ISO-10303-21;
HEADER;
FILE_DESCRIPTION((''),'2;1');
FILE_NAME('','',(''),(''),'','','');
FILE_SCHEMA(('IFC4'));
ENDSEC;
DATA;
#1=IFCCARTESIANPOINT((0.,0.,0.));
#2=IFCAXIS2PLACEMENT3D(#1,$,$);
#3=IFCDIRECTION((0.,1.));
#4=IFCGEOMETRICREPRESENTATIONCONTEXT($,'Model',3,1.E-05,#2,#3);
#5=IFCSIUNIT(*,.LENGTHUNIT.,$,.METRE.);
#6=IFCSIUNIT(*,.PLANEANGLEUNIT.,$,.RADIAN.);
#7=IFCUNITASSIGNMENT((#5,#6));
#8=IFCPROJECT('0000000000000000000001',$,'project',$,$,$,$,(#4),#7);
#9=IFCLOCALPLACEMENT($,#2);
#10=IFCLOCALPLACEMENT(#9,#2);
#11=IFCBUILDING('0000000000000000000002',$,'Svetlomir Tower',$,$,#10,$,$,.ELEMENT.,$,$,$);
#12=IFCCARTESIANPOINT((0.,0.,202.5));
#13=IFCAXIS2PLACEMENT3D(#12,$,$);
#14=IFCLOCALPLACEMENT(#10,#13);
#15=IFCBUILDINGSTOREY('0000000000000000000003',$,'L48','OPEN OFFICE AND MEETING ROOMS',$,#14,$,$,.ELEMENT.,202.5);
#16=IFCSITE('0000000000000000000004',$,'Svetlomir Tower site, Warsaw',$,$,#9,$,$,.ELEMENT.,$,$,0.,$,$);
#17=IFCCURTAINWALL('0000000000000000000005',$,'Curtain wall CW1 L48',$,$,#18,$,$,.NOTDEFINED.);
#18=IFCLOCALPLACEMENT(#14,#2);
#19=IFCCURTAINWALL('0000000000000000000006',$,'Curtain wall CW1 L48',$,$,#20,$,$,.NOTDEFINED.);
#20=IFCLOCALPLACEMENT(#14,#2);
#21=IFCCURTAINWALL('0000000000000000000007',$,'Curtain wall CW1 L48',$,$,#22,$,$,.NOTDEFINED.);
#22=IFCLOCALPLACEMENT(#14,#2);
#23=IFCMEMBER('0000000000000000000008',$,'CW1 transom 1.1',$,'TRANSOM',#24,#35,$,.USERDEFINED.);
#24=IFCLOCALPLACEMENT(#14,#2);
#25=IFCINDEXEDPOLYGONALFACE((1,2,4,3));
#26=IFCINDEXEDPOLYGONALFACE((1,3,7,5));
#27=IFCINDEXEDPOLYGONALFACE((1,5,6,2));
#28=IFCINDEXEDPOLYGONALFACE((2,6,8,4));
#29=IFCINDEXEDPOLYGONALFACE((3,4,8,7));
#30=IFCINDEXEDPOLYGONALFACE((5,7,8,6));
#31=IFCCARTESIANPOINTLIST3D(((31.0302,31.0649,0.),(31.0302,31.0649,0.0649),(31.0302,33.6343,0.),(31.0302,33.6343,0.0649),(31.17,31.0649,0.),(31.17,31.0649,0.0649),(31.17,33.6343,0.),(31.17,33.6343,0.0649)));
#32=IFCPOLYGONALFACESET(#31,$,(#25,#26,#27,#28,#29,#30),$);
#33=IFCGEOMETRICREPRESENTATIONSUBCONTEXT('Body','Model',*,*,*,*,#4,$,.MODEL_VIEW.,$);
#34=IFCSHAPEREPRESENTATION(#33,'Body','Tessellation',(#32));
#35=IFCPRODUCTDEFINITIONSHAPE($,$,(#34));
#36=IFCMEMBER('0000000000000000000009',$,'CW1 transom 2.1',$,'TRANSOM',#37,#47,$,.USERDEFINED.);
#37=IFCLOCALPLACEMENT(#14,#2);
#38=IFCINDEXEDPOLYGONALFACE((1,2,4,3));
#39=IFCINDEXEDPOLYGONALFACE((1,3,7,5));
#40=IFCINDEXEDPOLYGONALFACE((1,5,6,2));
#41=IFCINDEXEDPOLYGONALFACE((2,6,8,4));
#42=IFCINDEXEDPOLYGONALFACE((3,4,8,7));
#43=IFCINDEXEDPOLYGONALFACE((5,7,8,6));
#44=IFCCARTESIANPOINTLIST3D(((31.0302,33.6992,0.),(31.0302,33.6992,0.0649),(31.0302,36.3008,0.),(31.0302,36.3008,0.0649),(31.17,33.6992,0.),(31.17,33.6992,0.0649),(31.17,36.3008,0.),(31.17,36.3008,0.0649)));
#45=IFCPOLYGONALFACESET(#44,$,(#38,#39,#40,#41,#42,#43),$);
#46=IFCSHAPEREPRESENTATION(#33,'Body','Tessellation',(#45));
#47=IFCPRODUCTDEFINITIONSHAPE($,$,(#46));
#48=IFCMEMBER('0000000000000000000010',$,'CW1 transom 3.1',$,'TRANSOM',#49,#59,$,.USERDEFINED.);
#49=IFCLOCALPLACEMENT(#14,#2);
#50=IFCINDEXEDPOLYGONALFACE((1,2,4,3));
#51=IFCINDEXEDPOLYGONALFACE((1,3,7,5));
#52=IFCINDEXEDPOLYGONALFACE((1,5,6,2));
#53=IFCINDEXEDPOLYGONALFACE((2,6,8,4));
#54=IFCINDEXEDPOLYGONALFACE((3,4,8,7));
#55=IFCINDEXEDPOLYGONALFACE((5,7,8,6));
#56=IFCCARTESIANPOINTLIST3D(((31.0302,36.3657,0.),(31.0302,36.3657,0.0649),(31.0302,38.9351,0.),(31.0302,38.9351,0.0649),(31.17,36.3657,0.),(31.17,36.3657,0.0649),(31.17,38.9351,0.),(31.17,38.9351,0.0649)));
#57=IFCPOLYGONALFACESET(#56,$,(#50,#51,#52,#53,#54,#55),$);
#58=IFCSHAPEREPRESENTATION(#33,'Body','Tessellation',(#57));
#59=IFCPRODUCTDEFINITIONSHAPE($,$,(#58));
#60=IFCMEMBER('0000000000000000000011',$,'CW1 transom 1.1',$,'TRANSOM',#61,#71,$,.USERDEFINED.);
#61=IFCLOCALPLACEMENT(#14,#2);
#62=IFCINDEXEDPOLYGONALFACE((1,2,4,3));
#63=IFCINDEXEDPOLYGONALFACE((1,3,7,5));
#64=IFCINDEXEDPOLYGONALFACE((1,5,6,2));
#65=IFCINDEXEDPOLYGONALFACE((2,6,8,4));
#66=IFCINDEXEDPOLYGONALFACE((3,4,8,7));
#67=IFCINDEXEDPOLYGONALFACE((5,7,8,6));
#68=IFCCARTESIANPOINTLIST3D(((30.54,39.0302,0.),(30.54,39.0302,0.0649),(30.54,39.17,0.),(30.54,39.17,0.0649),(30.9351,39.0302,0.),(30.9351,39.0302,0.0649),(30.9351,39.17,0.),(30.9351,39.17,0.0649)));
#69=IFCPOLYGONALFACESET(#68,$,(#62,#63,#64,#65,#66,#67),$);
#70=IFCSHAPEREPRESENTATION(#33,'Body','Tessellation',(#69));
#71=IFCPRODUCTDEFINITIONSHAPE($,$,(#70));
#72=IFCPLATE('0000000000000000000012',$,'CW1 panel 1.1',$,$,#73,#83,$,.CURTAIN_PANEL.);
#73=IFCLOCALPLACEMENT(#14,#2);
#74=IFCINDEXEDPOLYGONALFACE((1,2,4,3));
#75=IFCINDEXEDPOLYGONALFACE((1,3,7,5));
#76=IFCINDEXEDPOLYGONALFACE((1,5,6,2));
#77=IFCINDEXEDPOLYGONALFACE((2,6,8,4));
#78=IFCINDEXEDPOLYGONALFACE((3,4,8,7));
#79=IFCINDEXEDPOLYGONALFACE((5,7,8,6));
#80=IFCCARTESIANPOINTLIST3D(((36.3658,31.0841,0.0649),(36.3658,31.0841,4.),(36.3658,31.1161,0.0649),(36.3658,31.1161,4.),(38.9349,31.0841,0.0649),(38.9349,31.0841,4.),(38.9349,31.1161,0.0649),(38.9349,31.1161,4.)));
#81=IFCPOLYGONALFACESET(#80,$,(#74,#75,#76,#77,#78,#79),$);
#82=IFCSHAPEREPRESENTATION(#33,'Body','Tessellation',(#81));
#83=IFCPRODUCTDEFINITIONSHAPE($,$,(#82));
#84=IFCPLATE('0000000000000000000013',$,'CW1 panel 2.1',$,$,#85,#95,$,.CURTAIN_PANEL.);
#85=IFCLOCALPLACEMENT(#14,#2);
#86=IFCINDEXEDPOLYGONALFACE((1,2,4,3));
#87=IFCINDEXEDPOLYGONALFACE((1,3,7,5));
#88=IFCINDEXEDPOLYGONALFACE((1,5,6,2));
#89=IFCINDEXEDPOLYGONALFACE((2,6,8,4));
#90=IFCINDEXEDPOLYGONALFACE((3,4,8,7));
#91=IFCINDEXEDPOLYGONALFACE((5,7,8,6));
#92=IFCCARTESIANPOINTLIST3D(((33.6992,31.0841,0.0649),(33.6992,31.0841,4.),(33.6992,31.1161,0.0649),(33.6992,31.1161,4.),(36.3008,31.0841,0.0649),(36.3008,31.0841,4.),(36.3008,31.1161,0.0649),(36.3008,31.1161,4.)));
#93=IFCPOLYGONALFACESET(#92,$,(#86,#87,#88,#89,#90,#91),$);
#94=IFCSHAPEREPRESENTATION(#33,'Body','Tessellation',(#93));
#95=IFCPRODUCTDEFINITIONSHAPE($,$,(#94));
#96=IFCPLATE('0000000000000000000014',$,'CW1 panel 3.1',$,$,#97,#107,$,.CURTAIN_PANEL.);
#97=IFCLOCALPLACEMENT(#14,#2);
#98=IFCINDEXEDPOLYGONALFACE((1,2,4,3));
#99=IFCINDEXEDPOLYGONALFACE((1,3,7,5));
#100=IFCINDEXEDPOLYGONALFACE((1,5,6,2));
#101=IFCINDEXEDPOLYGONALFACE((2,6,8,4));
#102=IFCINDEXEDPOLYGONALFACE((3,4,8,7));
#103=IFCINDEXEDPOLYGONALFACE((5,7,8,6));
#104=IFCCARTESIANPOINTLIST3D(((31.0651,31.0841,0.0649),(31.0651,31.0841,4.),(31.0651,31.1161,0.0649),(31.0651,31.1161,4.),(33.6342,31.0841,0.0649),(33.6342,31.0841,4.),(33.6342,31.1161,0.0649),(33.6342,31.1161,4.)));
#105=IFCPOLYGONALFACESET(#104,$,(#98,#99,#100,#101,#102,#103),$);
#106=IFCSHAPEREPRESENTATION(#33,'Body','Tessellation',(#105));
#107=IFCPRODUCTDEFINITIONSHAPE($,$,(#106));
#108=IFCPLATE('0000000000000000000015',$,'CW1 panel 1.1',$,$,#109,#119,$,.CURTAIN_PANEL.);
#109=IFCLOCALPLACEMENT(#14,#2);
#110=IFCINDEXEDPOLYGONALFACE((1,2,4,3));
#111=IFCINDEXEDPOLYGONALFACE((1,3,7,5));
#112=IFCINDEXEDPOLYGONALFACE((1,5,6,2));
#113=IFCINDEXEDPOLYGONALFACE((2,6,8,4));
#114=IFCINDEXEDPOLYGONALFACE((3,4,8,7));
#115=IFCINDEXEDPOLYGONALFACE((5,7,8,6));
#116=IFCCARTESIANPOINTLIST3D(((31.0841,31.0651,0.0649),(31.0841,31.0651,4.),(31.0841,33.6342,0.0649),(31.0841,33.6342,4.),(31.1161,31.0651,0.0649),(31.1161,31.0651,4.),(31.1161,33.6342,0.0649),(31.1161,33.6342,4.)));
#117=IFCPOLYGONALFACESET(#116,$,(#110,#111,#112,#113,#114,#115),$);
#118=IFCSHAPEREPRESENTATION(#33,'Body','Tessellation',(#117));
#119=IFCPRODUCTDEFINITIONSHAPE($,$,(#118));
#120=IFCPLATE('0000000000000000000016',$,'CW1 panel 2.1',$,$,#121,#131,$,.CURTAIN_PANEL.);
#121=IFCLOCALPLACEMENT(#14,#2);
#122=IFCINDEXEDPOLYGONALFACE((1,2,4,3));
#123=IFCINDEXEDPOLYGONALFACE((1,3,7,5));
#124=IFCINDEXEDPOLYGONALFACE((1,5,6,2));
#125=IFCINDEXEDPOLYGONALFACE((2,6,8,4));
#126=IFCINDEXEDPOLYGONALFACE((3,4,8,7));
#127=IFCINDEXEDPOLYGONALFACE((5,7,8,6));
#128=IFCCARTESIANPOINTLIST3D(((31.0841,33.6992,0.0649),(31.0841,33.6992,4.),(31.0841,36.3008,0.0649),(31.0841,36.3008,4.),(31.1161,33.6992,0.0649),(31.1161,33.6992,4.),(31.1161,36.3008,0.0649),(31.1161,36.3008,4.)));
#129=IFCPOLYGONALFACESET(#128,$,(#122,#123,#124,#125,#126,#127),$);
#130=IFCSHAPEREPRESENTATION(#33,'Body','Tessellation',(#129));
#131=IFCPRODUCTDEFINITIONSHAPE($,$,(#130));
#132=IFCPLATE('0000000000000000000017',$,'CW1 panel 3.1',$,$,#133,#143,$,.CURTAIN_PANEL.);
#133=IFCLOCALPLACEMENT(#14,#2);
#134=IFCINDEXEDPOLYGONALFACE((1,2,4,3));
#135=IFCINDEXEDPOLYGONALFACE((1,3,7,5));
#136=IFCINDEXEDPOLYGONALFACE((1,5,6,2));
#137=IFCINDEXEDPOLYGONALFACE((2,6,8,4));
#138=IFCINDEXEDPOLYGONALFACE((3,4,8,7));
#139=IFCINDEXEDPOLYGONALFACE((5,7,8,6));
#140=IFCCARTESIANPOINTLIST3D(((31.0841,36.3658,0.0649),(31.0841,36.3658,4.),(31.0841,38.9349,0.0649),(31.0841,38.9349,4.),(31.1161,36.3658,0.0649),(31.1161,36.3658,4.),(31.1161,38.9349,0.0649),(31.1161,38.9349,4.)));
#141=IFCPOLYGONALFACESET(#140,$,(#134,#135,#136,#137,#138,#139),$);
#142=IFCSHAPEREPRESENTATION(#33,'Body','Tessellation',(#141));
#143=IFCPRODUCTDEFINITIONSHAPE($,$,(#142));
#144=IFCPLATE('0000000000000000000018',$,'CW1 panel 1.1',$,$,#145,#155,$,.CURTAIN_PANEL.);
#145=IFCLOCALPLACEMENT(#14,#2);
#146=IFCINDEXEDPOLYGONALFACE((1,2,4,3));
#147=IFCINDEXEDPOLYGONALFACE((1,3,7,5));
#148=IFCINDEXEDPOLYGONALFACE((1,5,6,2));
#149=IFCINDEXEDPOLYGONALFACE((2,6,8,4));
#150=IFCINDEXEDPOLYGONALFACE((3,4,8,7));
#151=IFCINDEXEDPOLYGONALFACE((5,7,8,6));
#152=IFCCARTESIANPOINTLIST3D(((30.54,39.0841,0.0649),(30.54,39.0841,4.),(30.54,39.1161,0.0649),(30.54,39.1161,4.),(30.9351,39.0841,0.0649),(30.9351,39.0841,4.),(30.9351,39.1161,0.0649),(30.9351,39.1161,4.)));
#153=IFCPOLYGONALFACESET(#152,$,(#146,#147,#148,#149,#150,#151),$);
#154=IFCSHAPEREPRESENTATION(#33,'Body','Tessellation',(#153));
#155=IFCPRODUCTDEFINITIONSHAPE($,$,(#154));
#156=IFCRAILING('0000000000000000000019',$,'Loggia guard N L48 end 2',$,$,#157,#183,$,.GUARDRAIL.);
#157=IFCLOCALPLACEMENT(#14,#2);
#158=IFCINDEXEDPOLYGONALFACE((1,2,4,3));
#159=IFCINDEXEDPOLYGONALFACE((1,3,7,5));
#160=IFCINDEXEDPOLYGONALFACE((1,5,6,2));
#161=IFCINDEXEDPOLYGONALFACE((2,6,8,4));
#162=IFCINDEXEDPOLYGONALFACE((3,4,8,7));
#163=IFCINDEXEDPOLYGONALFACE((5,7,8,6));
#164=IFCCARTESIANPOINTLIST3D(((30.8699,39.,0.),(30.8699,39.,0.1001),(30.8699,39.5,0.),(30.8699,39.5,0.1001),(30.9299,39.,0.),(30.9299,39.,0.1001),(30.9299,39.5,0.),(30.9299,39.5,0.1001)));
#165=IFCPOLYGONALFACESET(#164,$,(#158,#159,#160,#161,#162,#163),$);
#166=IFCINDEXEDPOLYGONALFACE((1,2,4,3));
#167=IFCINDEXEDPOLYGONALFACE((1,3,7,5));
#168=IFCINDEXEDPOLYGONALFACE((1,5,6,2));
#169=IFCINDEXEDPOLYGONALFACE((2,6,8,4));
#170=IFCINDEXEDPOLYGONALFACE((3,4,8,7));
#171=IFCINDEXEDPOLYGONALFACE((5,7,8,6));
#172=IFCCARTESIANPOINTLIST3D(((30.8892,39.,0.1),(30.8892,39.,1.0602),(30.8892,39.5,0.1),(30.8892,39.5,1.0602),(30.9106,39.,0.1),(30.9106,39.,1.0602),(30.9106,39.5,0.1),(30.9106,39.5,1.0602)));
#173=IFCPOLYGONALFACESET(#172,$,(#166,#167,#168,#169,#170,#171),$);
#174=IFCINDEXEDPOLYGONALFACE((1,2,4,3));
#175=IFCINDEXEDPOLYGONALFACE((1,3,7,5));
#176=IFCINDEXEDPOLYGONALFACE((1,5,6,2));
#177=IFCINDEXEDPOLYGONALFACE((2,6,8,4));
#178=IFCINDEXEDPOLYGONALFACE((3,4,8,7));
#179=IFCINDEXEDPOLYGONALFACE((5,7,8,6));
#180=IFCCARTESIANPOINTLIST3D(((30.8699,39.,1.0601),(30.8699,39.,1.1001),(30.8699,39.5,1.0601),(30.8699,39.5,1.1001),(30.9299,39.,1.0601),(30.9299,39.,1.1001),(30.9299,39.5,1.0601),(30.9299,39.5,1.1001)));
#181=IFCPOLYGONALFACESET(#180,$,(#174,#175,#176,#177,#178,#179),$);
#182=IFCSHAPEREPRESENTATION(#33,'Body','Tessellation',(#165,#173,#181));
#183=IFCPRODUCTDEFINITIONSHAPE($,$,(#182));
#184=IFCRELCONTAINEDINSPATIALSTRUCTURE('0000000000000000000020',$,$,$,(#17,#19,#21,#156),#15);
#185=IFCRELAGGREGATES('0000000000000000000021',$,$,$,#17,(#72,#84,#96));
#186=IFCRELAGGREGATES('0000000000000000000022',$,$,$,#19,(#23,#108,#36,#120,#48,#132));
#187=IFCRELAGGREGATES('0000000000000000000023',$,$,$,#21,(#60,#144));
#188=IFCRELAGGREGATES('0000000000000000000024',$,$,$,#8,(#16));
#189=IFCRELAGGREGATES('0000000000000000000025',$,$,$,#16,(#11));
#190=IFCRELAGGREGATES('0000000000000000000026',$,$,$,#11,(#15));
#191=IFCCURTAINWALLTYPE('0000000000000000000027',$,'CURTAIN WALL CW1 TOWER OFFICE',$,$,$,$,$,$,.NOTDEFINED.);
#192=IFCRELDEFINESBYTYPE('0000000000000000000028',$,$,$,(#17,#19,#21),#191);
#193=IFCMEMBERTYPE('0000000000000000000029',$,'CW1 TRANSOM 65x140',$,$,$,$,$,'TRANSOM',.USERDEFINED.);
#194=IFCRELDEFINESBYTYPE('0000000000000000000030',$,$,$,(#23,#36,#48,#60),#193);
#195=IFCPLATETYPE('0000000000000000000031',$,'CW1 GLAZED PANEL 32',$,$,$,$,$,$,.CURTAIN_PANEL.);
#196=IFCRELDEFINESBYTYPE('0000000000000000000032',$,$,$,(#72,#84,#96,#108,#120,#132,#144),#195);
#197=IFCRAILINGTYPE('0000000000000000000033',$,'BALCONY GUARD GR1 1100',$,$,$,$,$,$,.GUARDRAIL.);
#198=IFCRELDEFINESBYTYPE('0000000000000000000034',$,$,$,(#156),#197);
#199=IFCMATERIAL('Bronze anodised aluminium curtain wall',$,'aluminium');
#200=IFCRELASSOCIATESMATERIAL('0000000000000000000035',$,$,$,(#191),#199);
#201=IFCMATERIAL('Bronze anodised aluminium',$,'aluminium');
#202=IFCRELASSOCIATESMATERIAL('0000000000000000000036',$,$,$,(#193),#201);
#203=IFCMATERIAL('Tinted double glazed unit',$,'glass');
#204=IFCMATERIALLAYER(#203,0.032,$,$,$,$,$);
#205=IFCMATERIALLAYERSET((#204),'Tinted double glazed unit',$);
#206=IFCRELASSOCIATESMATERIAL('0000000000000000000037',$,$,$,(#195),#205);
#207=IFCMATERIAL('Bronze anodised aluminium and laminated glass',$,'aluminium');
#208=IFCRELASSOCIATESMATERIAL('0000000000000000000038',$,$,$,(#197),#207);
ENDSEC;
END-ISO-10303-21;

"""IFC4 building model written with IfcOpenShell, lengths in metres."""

from ifc_helpers import new_model, si_unit, direction, frame, origin, origin_2d, place, context, subcontext, project, spatial, rectangle, extrude, material, layer, layer_set, material_profile, profile_set, type_object, element, aggregate, save


model = new_model("IFC4")

# Units and contexts
model_context = context("Model", 3, precision=1e-05, world=origin(), true_north=direction((0.0, 1.0)))
body_context = subcontext(model_context, "Body", "Model", "MODEL_VIEW")
ifc_project = project(units=[si_unit("LENGTHUNIT", "METRE"), si_unit("PLANEANGLEUNIT", "RADIAN")], contexts=[model_context])

# Site, building, storey
site_placement = place(None, origin())
site = spatial("IfcSite", under=ifc_project, at=site_placement, Name="Svetlomir Tower site, Warsaw", CompositionType="ELEMENT", RefElevation=0.0)
building_placement = place(site_placement, origin())
building = spatial("IfcBuilding", under=site, at=building_placement, Name="Svetlomir Tower", CompositionType="ELEMENT")
storey_placement = place(building_placement, frame((0.0, 0.0, 202.5)))
storey = spatial("IfcBuildingStorey", under=building, at=storey_placement, Name="L48", Description="OPEN OFFICE AND MEETING ROOMS", CompositionType="ELEMENT", Elevation=202.5)

# Curtain walls
ifc_material_1 = material(Name="Bronze anodised aluminium curtain wall", Category="aluminium")
curtain_wall_type = type_object("IfcCurtainWallType", Name="CURTAIN WALL CW1 TOWER OFFICE", PredefinedType="NOTDEFINED", material=ifc_material_1)
curtain_wall_1_placement = place(storey_placement, origin())
curtain_wall_1 = element("IfcCurtainWall", 1, at=curtain_wall_1_placement, inside=storey, type_object=curtain_wall_type, Name="Curtain wall CW1 L48", PredefinedType="NOTDEFINED")
curtain_wall_2_placement = place(storey_placement, origin())
curtain_wall_2 = element("IfcCurtainWall", 2, at=curtain_wall_2_placement, inside=storey, type_object=curtain_wall_type, Name="Curtain wall CW1 L48", PredefinedType="NOTDEFINED")

# Curtain wall
curtain_wall_3_placement = place(storey_placement, origin())
curtain_wall_3 = element("IfcCurtainWall", 3, at=curtain_wall_3_placement, inside=storey, type_object=curtain_wall_type, Name="Curtain wall CW1 L48", PredefinedType="NOTDEFINED")

# Members
ifc_material_2 = material(Name="Bronze anodised aluminium", Category="aluminium")
ifc_material_profile_1 = material_profile(ifc_material_2, rectangle(XDim=0.1399, YDim=0.0649, at=origin_2d()), Name="AL 140x65")
ifc_profile_set_1 = profile_set([ifc_material_profile_1], Name="Bronze anodised aluminium 6063-T6")
member_type_1 = type_object("IfcMemberType", Name="CW1 TRANSOM 65x140", ElementType="TRANSOM", PredefinedType="USERDEFINED", material=ifc_profile_set_1)
member_1_placement = place(storey_placement, frame((31.1001, 31.0649, 0.0325), z_axis=(0.0, 1.0, 0.0), x_axis=(-1.0, 0.0, 0.0)))
member_1 = element("IfcMember", 4, at=member_1_placement, type_object=member_type_1, Name="CW1 transom 1.1", ObjectType="TRANSOM", PredefinedType="USERDEFINED", context=body_context, shape_type="SweptSolid", body=[
    extrude(rectangle(XDim=0.1399, YDim=0.0649, at=origin_2d()), origin(), (0.0, 0.0, 1.0), 2.5693),
])
member_2_placement = place(storey_placement, frame((31.1001, 33.6992, 0.0325), z_axis=(0.0, 1.0, 0.0), x_axis=(-1.0, 0.0, 0.0)))
member_2 = element("IfcMember", 5, at=member_2_placement, type_object=member_type_1, Name="CW1 transom 2.1", ObjectType="TRANSOM", PredefinedType="USERDEFINED", context=body_context, shape_type="SweptSolid", body=[
    extrude(rectangle(XDim=0.1399, YDim=0.0649, at=origin_2d()), origin(), (0.0, 0.0, 1.0), 2.6016),
])
member_3_placement = place(storey_placement, frame((31.1001, 36.3657, 0.0325), z_axis=(0.0, 1.0, 0.0), x_axis=(-1.0, 0.0, 0.0)))
member_3 = element("IfcMember", 6, at=member_3_placement, type_object=member_type_1, Name="CW1 transom 3.1", ObjectType="TRANSOM", PredefinedType="USERDEFINED", context=body_context, shape_type="SweptSolid", body=[
    extrude(rectangle(XDim=0.1399, YDim=0.0649, at=origin_2d()), origin(), (0.0, 0.0, 1.0), 2.5693),
])
member_4_placement = place(storey_placement, frame((30.9351, 39.1001, 0.0325), z_axis=(-1.0, 0.0, 0.0), x_axis=(0.0, -1.0, 0.0)))
member_4 = element("IfcMember", 7, at=member_4_placement, type_object=member_type_1, Name="CW1 transom 1.1", ObjectType="TRANSOM", PredefinedType="USERDEFINED", context=body_context, shape_type="SweptSolid", body=[
    extrude(rectangle(XDim=0.1399, YDim=0.0649, at=origin_2d()), origin(), (0.0, 0.0, 1.0), 0.395),
])

# Plates
ifc_material_3 = material(Name="Tinted double glazed unit", Category="glass")
ifc_layer = layer(ifc_material_3, 0.032)
ifc_layer_set = layer_set([ifc_layer], Name="Tinted double glazed unit")
plate_type = type_object("IfcPlateType", Name="CW1 GLAZED PANEL 32", PredefinedType="CURTAIN_PANEL", material=ifc_layer_set)
plate_1_placement = place(storey_placement, frame((37.6504, 31.1001, 0.0649), z_axis=(0.0, 0.0, 1.0), x_axis=(-1.0, 0.0, 0.0)))
plate_1 = element("IfcPlate", 8, at=plate_1_placement, type_object=plate_type, Name="CW1 panel 1.1", PredefinedType="CURTAIN_PANEL", context=body_context, shape_type="SweptSolid", body=[
    extrude(rectangle(XDim=2.5691, YDim=0.032, at=origin_2d()), origin(), (0.0, 0.0, 1.0), 3.9351),
])
plate_2_placement = place(storey_placement, frame((35.0, 31.1001, 0.0649), z_axis=(0.0, 0.0, 1.0), x_axis=(-1.0, 0.0, 0.0)))
plate_2 = element("IfcPlate", 9, at=plate_2_placement, type_object=plate_type, Name="CW1 panel 2.1", PredefinedType="CURTAIN_PANEL", context=body_context, shape_type="SweptSolid", body=[
    extrude(rectangle(XDim=2.6016, YDim=0.032, at=origin_2d()), origin(), (0.0, 0.0, 1.0), 3.9351),
])
plate_3_placement = place(storey_placement, frame((32.3496, 31.1001, 0.0649), z_axis=(0.0, 0.0, 1.0), x_axis=(-1.0, 0.0, 0.0)))
plate_3 = element("IfcPlate", 10, at=plate_3_placement, type_object=plate_type, Name="CW1 panel 3.1", PredefinedType="CURTAIN_PANEL", context=body_context, shape_type="SweptSolid", body=[
    extrude(rectangle(XDim=2.5691, YDim=0.032, at=origin_2d()), origin(), (0.0, 0.0, 1.0), 3.9351),
])
aggregate(curtain_wall_1, [plate_1, plate_2, plate_3])
plate_4_placement = place(storey_placement, frame((31.1001, 32.3496, 0.0649), z_axis=(0.0, 0.0, 1.0), x_axis=(0.0, 1.0, 0.0)))
plate_4 = element("IfcPlate", 11, at=plate_4_placement, type_object=plate_type, Name="CW1 panel 1.1", PredefinedType="CURTAIN_PANEL", context=body_context, shape_type="SweptSolid", body=[
    extrude(rectangle(XDim=2.5691, YDim=0.032, at=origin_2d()), origin(), (0.0, 0.0, 1.0), 3.9351),
])
plate_5_placement = place(storey_placement, frame((31.1001, 35.0, 0.0649), z_axis=(0.0, 0.0, 1.0), x_axis=(0.0, 1.0, 0.0)))
plate_5 = element("IfcPlate", 12, at=plate_5_placement, type_object=plate_type, Name="CW1 panel 2.1", PredefinedType="CURTAIN_PANEL", context=body_context, shape_type="SweptSolid", body=[
    extrude(rectangle(XDim=2.6016, YDim=0.032, at=origin_2d()), origin(), (0.0, 0.0, 1.0), 3.9351),
])
plate_6_placement = place(storey_placement, frame((31.1001, 37.6504, 0.0649), z_axis=(0.0, 0.0, 1.0), x_axis=(0.0, 1.0, 0.0)))
plate_6 = element("IfcPlate", 13, at=plate_6_placement, type_object=plate_type, Name="CW1 panel 3.1", PredefinedType="CURTAIN_PANEL", context=body_context, shape_type="SweptSolid", body=[
    extrude(rectangle(XDim=2.5691, YDim=0.032, at=origin_2d()), origin(), (0.0, 0.0, 1.0), 3.9351),
])
aggregate(curtain_wall_2, [member_1, plate_4, member_2, plate_5, member_3, plate_6])
plate_7_placement = place(storey_placement, frame((30.7375, 39.1001, 0.0649), z_axis=(0.0, 0.0, 1.0), x_axis=(-1.0, 0.0, 0.0)))
plate_7 = element("IfcPlate", 14, at=plate_7_placement, type_object=plate_type, Name="CW1 panel 1.1", PredefinedType="CURTAIN_PANEL", context=body_context, shape_type="SweptSolid", body=[
    extrude(rectangle(XDim=0.395, YDim=0.032, at=origin_2d()), origin(), (0.0, 0.0, 1.0), 3.9351),
])
aggregate(curtain_wall_3, [member_4, plate_7])

# Railing
ifc_material_4 = material(Name="Bronze anodised aluminium and laminated glass", Category="aluminium")
railing_type = type_object("IfcRailingType", Name="BALCONY GUARD GR1 1100", PredefinedType="GUARDRAIL", material=ifc_material_4)
railing_placement = place(storey_placement, frame((30.8999, 39.5, 0.0)))
element("IfcRailing", 15, at=railing_placement, inside=storey, type_object=railing_type, Name="Loggia guard N L48 end 2", PredefinedType="GUARDRAIL", context=body_context, shape_type="SweptSolid", body=[
    extrude(rectangle(XDim=0.0601, YDim=0.1001, at=origin_2d()), frame((0.0, 0.0, 0.05), z_axis=(0.0, -1.0, 0.0), x_axis=(1.0, 0.0, 0.0)), (0.0, 0.0, 1.0), 0.5),
    extrude(rectangle(XDim=0.0215, YDim=0.9602, at=origin_2d()), frame((0.0, 0.0, 0.5801), z_axis=(0.0, -1.0, 0.0), x_axis=(1.0, 0.0, 0.0)), (0.0, 0.0, 1.0), 0.5),
    extrude(rectangle(XDim=0.0601, YDim=0.04, at=origin_2d()), frame((0.0, 0.0, 1.0801), z_axis=(0.0, -1.0, 0.0), x_axis=(1.0, 0.0, 0.0)), (0.0, 0.0, 1.0), 0.5),
])

save(model, "model.ifc")
